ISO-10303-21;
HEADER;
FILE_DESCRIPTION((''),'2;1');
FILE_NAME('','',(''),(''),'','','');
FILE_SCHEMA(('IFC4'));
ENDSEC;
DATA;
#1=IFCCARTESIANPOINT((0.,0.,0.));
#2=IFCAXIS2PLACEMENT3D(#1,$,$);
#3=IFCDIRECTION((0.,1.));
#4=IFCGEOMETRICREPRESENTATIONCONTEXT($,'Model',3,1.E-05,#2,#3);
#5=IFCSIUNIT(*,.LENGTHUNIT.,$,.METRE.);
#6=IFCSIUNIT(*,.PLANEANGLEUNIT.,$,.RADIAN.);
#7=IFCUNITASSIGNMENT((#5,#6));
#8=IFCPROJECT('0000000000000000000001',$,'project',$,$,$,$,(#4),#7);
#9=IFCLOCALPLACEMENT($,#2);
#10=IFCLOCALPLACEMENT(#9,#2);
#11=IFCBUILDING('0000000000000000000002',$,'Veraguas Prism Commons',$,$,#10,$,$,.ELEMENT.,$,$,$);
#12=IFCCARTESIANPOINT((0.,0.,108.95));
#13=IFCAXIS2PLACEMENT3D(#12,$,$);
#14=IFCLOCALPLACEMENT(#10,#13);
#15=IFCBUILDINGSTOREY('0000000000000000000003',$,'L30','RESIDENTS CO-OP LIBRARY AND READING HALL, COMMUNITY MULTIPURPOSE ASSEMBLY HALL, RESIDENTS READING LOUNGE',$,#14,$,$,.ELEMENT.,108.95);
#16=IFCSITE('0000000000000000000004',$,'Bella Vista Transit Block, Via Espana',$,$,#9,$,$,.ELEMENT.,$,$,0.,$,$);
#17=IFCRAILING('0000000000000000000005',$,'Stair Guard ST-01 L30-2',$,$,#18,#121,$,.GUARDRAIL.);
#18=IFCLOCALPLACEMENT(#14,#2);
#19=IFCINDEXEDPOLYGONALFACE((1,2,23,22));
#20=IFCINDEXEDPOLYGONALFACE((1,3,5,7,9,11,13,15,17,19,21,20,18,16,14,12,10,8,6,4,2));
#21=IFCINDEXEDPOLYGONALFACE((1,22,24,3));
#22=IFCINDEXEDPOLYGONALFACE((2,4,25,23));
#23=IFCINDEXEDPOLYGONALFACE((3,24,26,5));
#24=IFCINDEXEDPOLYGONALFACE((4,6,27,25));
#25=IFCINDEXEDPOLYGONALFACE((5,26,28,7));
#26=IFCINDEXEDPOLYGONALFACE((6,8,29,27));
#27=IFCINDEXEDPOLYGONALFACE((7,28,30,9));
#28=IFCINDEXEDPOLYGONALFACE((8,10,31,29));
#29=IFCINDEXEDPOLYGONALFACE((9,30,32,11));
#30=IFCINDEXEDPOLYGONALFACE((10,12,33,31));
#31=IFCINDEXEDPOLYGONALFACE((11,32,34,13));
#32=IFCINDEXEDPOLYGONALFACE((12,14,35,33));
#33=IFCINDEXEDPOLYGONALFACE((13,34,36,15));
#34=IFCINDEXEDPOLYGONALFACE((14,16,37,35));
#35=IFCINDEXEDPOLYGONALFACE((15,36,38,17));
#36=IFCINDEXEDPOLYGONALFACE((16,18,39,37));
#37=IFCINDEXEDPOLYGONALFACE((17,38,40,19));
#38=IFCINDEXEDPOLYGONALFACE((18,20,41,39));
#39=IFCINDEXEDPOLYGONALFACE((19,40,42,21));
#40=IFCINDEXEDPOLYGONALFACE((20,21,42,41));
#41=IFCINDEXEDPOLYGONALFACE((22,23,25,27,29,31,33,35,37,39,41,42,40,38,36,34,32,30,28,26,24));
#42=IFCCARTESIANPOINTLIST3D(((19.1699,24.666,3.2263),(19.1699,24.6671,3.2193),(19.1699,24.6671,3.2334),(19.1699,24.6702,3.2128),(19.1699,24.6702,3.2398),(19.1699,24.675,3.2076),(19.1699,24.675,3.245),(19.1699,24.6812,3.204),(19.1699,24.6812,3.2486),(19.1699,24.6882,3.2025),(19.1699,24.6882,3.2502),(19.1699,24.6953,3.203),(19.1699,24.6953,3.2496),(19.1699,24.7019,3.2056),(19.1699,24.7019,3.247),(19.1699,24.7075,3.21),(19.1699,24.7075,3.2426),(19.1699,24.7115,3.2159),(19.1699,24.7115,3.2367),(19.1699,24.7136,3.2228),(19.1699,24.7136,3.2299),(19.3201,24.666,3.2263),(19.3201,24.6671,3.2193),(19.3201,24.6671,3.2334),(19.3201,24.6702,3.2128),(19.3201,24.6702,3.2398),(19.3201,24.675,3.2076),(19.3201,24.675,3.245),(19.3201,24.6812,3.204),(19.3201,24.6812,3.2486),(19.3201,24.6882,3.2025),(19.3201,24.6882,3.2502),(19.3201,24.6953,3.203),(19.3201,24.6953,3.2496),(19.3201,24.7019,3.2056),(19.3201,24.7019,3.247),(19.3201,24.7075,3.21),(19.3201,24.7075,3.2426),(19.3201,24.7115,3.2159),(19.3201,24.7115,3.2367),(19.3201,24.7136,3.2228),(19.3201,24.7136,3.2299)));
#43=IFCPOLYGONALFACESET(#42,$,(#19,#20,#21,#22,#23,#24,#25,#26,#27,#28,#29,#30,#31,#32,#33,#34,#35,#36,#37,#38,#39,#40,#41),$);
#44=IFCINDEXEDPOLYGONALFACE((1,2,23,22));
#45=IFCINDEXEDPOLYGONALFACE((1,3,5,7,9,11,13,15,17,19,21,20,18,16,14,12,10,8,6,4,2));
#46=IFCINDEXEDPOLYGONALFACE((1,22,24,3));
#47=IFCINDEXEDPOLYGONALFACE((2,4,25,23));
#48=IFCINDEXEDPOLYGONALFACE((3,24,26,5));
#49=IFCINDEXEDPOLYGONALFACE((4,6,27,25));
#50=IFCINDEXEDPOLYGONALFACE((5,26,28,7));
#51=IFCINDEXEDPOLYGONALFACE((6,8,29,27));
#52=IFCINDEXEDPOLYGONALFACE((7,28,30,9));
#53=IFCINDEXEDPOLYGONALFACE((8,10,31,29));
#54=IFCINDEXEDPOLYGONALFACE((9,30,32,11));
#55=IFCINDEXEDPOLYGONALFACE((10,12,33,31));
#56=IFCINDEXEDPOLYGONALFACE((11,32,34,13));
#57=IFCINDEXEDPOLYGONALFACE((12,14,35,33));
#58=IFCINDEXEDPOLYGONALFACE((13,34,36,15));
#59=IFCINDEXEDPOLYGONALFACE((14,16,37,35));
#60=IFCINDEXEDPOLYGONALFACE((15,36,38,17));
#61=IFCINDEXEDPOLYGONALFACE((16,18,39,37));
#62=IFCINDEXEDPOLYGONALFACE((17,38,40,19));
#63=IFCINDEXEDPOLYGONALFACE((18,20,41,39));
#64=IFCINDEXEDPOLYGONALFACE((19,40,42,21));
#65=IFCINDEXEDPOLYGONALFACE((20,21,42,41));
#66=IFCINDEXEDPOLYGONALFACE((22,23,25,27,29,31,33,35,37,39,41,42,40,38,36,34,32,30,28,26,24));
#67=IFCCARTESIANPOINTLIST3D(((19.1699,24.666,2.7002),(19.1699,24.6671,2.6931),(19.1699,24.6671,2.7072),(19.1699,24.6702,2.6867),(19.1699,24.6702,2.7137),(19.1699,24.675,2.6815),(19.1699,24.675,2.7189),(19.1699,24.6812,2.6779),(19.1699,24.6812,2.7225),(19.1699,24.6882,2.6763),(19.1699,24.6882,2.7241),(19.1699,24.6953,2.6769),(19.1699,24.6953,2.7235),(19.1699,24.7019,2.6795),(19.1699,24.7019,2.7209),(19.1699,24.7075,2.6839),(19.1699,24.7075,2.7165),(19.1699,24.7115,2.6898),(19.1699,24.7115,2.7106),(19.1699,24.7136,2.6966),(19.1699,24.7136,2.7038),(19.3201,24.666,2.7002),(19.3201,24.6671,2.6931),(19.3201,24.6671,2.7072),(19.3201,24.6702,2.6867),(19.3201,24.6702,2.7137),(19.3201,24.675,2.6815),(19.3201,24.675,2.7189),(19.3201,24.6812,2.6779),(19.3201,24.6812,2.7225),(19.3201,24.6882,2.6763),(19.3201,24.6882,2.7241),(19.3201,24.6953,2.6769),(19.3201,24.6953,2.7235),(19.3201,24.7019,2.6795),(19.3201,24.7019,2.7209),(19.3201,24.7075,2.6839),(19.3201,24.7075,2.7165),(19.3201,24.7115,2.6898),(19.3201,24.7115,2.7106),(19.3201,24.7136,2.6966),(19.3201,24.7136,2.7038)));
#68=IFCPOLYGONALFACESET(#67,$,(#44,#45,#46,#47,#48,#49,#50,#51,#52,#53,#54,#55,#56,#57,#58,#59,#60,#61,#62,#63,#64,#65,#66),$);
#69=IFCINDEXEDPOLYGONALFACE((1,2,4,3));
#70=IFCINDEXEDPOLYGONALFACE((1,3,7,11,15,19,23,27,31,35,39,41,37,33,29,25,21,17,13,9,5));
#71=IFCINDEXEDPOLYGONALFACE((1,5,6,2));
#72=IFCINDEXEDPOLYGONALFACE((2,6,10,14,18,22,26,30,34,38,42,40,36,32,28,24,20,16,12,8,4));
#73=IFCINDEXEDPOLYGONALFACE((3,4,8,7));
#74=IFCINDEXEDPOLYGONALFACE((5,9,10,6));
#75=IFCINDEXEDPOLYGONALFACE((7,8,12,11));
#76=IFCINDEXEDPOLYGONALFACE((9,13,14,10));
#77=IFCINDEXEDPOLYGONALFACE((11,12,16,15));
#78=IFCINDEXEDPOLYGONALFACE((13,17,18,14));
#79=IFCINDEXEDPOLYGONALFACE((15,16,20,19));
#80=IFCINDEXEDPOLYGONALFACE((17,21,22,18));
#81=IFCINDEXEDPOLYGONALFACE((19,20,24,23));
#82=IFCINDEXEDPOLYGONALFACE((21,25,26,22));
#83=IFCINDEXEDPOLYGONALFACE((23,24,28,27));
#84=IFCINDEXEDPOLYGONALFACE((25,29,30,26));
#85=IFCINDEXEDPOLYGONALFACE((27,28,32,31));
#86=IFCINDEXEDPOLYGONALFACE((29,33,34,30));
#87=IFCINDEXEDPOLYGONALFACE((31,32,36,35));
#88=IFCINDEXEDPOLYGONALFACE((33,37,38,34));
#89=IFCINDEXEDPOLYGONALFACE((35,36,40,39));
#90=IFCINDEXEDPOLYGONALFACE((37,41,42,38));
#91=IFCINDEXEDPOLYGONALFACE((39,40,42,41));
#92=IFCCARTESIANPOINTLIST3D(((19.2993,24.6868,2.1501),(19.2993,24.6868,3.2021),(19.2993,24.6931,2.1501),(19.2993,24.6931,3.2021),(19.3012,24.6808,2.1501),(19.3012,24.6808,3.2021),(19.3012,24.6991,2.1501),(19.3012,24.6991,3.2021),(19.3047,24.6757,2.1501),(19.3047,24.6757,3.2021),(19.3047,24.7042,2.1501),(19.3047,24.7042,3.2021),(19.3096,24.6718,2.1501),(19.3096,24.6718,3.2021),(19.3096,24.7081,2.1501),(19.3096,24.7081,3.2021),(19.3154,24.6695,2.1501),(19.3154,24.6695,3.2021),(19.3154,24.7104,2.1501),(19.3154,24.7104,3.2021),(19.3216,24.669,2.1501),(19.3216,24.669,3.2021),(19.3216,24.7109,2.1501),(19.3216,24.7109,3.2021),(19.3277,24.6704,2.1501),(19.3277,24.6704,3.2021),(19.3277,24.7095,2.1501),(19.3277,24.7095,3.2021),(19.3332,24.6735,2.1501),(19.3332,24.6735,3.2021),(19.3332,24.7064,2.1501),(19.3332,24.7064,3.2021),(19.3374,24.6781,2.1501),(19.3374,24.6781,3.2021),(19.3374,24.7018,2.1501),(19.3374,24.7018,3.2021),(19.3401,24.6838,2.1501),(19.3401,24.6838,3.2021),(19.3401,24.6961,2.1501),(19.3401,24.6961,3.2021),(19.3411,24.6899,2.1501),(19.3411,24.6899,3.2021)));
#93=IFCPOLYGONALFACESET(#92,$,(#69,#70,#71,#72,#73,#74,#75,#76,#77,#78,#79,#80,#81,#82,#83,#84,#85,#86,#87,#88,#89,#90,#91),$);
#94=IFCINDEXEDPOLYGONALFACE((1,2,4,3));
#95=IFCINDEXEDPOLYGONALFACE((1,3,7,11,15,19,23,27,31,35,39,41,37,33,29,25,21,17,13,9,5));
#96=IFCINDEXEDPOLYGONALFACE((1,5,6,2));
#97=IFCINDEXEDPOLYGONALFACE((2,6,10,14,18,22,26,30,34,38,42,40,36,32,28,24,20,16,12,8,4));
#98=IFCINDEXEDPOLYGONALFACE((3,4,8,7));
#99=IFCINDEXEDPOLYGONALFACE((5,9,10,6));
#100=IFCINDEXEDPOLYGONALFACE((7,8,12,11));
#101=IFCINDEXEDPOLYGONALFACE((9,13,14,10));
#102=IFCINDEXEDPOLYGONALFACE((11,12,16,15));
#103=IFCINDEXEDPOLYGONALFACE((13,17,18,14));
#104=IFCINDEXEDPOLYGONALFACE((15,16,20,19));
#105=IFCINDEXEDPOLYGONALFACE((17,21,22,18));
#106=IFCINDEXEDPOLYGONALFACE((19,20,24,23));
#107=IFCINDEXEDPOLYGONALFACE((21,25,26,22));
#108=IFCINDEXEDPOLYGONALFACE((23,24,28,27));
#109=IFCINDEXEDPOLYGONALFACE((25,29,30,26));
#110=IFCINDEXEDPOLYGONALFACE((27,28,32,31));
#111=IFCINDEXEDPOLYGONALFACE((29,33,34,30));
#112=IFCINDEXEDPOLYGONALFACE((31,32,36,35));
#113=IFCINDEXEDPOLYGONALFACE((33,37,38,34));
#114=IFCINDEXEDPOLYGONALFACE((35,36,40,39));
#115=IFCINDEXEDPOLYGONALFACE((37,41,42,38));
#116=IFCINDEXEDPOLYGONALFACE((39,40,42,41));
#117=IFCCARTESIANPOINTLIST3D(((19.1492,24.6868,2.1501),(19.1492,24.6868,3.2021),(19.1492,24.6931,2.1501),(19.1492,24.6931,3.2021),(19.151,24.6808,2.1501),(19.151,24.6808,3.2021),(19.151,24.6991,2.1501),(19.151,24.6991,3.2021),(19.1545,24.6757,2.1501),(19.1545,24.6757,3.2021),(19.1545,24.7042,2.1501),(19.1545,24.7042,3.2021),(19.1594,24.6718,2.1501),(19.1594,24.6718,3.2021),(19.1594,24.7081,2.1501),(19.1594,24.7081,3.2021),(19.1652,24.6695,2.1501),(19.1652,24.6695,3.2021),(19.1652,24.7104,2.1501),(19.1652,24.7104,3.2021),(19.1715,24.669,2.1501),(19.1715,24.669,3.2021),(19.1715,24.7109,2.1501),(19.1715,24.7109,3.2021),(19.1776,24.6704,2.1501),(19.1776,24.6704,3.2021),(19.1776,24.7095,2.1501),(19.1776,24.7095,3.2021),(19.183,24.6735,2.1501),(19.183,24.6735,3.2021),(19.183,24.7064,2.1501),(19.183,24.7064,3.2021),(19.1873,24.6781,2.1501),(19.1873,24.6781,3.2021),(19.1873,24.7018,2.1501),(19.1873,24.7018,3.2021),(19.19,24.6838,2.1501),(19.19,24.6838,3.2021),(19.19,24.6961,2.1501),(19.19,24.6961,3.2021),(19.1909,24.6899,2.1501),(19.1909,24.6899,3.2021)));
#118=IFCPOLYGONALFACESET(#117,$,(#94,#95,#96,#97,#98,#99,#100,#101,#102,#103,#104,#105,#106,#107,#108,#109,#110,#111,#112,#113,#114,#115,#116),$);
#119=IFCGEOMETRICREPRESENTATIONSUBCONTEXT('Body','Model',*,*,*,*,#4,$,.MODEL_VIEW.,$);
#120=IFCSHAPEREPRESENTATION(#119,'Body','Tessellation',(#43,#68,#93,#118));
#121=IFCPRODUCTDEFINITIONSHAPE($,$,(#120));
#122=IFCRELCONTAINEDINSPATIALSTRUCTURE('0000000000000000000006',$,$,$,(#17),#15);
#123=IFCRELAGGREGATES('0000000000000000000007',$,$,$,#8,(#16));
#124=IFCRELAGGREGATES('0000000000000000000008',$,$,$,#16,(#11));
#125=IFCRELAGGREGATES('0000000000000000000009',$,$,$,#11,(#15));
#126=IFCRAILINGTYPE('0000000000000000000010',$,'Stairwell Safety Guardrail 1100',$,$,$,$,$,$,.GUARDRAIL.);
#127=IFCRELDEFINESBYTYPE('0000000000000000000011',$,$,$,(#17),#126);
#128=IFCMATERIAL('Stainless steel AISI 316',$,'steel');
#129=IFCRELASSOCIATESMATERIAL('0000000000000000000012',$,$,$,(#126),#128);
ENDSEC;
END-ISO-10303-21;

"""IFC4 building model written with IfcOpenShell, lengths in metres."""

from ifc_helpers import new_model, si_unit, direction, frame, origin, origin_2d, place, context, subcontext, project, spatial, circle, extrude, material, type_object, element, save


model = new_model("IFC4")

# Units and contexts
model_context = context("Model", 3, precision=1e-05, world=origin(), true_north=direction((0.0, 1.0)))
body_context = subcontext(model_context, "Body", "Model", "MODEL_VIEW")
ifc_project = project(units=[si_unit("LENGTHUNIT", "METRE"), si_unit("PLANEANGLEUNIT", "RADIAN")], contexts=[model_context])

# Site, building, storey
site_placement = place(None, origin())
site = spatial("IfcSite", under=ifc_project, at=site_placement, Name="Bella Vista Transit Block, Via Espana", CompositionType="ELEMENT", RefElevation=0.0)
building_placement = place(site_placement, origin())
building = spatial("IfcBuilding", under=site, at=building_placement, Name="Veraguas Prism Commons", CompositionType="ELEMENT")
storey_placement = place(building_placement, frame((0.0, 0.0, 108.95)))
storey = spatial("IfcBuildingStorey", under=building, at=storey_placement, Name="L30", Description="RESIDENTS CO-OP LIBRARY AND READING HALL, COMMUNITY MULTIPURPOSE ASSEMBLY HALL, RESIDENTS READING LOUNGE", CompositionType="ELEMENT", Elevation=108.95)

# Railing
ifc_material_1 = material(Name="Stainless steel AISI 316", Category="steel")
railing_type_1 = type_object("IfcRailingType", Name="Stairwell Safety Guardrail 1100", PredefinedType="GUARDRAIL", material=ifc_material_1)
railing_1_placement = place(storey_placement, frame((19.3201, 24.6899, 2.1501)))
element("IfcRailing", 1, at=railing_1_placement, inside=storey, type_object=railing_type_1, Name="Stair Guard ST-01 L30-2", PredefinedType="GUARDRAIL", context=body_context, shape_type="SweptSolid", body=[
    extrude(circle(Radius=0.0239, at=origin_2d()), frame((0.0, 0.0, 1.0762), z_axis=(-1.0, 0.0, 0.0), x_axis=(0.0, -1.0, 0.0)), (0.0, 0.0, 1.0), 0.1501),
    extrude(circle(Radius=0.0239, at=origin_2d()), frame((0.0, 0.0, 0.55), z_axis=(-1.0, 0.0, 0.0), x_axis=(0.0, -1.0, 0.0)), (0.0, 0.0, 1.0), 0.1501),
    extrude(circle(Radius=0.021, at=origin_2d()), origin(), (0.0, 0.0, 1.0), 1.052),
    extrude(circle(Radius=0.021, at=origin_2d()), frame((-0.1501, 0.0, 0.0)), (0.0, 0.0, 1.0), 1.052),
])

save(model, "model.ifc")
